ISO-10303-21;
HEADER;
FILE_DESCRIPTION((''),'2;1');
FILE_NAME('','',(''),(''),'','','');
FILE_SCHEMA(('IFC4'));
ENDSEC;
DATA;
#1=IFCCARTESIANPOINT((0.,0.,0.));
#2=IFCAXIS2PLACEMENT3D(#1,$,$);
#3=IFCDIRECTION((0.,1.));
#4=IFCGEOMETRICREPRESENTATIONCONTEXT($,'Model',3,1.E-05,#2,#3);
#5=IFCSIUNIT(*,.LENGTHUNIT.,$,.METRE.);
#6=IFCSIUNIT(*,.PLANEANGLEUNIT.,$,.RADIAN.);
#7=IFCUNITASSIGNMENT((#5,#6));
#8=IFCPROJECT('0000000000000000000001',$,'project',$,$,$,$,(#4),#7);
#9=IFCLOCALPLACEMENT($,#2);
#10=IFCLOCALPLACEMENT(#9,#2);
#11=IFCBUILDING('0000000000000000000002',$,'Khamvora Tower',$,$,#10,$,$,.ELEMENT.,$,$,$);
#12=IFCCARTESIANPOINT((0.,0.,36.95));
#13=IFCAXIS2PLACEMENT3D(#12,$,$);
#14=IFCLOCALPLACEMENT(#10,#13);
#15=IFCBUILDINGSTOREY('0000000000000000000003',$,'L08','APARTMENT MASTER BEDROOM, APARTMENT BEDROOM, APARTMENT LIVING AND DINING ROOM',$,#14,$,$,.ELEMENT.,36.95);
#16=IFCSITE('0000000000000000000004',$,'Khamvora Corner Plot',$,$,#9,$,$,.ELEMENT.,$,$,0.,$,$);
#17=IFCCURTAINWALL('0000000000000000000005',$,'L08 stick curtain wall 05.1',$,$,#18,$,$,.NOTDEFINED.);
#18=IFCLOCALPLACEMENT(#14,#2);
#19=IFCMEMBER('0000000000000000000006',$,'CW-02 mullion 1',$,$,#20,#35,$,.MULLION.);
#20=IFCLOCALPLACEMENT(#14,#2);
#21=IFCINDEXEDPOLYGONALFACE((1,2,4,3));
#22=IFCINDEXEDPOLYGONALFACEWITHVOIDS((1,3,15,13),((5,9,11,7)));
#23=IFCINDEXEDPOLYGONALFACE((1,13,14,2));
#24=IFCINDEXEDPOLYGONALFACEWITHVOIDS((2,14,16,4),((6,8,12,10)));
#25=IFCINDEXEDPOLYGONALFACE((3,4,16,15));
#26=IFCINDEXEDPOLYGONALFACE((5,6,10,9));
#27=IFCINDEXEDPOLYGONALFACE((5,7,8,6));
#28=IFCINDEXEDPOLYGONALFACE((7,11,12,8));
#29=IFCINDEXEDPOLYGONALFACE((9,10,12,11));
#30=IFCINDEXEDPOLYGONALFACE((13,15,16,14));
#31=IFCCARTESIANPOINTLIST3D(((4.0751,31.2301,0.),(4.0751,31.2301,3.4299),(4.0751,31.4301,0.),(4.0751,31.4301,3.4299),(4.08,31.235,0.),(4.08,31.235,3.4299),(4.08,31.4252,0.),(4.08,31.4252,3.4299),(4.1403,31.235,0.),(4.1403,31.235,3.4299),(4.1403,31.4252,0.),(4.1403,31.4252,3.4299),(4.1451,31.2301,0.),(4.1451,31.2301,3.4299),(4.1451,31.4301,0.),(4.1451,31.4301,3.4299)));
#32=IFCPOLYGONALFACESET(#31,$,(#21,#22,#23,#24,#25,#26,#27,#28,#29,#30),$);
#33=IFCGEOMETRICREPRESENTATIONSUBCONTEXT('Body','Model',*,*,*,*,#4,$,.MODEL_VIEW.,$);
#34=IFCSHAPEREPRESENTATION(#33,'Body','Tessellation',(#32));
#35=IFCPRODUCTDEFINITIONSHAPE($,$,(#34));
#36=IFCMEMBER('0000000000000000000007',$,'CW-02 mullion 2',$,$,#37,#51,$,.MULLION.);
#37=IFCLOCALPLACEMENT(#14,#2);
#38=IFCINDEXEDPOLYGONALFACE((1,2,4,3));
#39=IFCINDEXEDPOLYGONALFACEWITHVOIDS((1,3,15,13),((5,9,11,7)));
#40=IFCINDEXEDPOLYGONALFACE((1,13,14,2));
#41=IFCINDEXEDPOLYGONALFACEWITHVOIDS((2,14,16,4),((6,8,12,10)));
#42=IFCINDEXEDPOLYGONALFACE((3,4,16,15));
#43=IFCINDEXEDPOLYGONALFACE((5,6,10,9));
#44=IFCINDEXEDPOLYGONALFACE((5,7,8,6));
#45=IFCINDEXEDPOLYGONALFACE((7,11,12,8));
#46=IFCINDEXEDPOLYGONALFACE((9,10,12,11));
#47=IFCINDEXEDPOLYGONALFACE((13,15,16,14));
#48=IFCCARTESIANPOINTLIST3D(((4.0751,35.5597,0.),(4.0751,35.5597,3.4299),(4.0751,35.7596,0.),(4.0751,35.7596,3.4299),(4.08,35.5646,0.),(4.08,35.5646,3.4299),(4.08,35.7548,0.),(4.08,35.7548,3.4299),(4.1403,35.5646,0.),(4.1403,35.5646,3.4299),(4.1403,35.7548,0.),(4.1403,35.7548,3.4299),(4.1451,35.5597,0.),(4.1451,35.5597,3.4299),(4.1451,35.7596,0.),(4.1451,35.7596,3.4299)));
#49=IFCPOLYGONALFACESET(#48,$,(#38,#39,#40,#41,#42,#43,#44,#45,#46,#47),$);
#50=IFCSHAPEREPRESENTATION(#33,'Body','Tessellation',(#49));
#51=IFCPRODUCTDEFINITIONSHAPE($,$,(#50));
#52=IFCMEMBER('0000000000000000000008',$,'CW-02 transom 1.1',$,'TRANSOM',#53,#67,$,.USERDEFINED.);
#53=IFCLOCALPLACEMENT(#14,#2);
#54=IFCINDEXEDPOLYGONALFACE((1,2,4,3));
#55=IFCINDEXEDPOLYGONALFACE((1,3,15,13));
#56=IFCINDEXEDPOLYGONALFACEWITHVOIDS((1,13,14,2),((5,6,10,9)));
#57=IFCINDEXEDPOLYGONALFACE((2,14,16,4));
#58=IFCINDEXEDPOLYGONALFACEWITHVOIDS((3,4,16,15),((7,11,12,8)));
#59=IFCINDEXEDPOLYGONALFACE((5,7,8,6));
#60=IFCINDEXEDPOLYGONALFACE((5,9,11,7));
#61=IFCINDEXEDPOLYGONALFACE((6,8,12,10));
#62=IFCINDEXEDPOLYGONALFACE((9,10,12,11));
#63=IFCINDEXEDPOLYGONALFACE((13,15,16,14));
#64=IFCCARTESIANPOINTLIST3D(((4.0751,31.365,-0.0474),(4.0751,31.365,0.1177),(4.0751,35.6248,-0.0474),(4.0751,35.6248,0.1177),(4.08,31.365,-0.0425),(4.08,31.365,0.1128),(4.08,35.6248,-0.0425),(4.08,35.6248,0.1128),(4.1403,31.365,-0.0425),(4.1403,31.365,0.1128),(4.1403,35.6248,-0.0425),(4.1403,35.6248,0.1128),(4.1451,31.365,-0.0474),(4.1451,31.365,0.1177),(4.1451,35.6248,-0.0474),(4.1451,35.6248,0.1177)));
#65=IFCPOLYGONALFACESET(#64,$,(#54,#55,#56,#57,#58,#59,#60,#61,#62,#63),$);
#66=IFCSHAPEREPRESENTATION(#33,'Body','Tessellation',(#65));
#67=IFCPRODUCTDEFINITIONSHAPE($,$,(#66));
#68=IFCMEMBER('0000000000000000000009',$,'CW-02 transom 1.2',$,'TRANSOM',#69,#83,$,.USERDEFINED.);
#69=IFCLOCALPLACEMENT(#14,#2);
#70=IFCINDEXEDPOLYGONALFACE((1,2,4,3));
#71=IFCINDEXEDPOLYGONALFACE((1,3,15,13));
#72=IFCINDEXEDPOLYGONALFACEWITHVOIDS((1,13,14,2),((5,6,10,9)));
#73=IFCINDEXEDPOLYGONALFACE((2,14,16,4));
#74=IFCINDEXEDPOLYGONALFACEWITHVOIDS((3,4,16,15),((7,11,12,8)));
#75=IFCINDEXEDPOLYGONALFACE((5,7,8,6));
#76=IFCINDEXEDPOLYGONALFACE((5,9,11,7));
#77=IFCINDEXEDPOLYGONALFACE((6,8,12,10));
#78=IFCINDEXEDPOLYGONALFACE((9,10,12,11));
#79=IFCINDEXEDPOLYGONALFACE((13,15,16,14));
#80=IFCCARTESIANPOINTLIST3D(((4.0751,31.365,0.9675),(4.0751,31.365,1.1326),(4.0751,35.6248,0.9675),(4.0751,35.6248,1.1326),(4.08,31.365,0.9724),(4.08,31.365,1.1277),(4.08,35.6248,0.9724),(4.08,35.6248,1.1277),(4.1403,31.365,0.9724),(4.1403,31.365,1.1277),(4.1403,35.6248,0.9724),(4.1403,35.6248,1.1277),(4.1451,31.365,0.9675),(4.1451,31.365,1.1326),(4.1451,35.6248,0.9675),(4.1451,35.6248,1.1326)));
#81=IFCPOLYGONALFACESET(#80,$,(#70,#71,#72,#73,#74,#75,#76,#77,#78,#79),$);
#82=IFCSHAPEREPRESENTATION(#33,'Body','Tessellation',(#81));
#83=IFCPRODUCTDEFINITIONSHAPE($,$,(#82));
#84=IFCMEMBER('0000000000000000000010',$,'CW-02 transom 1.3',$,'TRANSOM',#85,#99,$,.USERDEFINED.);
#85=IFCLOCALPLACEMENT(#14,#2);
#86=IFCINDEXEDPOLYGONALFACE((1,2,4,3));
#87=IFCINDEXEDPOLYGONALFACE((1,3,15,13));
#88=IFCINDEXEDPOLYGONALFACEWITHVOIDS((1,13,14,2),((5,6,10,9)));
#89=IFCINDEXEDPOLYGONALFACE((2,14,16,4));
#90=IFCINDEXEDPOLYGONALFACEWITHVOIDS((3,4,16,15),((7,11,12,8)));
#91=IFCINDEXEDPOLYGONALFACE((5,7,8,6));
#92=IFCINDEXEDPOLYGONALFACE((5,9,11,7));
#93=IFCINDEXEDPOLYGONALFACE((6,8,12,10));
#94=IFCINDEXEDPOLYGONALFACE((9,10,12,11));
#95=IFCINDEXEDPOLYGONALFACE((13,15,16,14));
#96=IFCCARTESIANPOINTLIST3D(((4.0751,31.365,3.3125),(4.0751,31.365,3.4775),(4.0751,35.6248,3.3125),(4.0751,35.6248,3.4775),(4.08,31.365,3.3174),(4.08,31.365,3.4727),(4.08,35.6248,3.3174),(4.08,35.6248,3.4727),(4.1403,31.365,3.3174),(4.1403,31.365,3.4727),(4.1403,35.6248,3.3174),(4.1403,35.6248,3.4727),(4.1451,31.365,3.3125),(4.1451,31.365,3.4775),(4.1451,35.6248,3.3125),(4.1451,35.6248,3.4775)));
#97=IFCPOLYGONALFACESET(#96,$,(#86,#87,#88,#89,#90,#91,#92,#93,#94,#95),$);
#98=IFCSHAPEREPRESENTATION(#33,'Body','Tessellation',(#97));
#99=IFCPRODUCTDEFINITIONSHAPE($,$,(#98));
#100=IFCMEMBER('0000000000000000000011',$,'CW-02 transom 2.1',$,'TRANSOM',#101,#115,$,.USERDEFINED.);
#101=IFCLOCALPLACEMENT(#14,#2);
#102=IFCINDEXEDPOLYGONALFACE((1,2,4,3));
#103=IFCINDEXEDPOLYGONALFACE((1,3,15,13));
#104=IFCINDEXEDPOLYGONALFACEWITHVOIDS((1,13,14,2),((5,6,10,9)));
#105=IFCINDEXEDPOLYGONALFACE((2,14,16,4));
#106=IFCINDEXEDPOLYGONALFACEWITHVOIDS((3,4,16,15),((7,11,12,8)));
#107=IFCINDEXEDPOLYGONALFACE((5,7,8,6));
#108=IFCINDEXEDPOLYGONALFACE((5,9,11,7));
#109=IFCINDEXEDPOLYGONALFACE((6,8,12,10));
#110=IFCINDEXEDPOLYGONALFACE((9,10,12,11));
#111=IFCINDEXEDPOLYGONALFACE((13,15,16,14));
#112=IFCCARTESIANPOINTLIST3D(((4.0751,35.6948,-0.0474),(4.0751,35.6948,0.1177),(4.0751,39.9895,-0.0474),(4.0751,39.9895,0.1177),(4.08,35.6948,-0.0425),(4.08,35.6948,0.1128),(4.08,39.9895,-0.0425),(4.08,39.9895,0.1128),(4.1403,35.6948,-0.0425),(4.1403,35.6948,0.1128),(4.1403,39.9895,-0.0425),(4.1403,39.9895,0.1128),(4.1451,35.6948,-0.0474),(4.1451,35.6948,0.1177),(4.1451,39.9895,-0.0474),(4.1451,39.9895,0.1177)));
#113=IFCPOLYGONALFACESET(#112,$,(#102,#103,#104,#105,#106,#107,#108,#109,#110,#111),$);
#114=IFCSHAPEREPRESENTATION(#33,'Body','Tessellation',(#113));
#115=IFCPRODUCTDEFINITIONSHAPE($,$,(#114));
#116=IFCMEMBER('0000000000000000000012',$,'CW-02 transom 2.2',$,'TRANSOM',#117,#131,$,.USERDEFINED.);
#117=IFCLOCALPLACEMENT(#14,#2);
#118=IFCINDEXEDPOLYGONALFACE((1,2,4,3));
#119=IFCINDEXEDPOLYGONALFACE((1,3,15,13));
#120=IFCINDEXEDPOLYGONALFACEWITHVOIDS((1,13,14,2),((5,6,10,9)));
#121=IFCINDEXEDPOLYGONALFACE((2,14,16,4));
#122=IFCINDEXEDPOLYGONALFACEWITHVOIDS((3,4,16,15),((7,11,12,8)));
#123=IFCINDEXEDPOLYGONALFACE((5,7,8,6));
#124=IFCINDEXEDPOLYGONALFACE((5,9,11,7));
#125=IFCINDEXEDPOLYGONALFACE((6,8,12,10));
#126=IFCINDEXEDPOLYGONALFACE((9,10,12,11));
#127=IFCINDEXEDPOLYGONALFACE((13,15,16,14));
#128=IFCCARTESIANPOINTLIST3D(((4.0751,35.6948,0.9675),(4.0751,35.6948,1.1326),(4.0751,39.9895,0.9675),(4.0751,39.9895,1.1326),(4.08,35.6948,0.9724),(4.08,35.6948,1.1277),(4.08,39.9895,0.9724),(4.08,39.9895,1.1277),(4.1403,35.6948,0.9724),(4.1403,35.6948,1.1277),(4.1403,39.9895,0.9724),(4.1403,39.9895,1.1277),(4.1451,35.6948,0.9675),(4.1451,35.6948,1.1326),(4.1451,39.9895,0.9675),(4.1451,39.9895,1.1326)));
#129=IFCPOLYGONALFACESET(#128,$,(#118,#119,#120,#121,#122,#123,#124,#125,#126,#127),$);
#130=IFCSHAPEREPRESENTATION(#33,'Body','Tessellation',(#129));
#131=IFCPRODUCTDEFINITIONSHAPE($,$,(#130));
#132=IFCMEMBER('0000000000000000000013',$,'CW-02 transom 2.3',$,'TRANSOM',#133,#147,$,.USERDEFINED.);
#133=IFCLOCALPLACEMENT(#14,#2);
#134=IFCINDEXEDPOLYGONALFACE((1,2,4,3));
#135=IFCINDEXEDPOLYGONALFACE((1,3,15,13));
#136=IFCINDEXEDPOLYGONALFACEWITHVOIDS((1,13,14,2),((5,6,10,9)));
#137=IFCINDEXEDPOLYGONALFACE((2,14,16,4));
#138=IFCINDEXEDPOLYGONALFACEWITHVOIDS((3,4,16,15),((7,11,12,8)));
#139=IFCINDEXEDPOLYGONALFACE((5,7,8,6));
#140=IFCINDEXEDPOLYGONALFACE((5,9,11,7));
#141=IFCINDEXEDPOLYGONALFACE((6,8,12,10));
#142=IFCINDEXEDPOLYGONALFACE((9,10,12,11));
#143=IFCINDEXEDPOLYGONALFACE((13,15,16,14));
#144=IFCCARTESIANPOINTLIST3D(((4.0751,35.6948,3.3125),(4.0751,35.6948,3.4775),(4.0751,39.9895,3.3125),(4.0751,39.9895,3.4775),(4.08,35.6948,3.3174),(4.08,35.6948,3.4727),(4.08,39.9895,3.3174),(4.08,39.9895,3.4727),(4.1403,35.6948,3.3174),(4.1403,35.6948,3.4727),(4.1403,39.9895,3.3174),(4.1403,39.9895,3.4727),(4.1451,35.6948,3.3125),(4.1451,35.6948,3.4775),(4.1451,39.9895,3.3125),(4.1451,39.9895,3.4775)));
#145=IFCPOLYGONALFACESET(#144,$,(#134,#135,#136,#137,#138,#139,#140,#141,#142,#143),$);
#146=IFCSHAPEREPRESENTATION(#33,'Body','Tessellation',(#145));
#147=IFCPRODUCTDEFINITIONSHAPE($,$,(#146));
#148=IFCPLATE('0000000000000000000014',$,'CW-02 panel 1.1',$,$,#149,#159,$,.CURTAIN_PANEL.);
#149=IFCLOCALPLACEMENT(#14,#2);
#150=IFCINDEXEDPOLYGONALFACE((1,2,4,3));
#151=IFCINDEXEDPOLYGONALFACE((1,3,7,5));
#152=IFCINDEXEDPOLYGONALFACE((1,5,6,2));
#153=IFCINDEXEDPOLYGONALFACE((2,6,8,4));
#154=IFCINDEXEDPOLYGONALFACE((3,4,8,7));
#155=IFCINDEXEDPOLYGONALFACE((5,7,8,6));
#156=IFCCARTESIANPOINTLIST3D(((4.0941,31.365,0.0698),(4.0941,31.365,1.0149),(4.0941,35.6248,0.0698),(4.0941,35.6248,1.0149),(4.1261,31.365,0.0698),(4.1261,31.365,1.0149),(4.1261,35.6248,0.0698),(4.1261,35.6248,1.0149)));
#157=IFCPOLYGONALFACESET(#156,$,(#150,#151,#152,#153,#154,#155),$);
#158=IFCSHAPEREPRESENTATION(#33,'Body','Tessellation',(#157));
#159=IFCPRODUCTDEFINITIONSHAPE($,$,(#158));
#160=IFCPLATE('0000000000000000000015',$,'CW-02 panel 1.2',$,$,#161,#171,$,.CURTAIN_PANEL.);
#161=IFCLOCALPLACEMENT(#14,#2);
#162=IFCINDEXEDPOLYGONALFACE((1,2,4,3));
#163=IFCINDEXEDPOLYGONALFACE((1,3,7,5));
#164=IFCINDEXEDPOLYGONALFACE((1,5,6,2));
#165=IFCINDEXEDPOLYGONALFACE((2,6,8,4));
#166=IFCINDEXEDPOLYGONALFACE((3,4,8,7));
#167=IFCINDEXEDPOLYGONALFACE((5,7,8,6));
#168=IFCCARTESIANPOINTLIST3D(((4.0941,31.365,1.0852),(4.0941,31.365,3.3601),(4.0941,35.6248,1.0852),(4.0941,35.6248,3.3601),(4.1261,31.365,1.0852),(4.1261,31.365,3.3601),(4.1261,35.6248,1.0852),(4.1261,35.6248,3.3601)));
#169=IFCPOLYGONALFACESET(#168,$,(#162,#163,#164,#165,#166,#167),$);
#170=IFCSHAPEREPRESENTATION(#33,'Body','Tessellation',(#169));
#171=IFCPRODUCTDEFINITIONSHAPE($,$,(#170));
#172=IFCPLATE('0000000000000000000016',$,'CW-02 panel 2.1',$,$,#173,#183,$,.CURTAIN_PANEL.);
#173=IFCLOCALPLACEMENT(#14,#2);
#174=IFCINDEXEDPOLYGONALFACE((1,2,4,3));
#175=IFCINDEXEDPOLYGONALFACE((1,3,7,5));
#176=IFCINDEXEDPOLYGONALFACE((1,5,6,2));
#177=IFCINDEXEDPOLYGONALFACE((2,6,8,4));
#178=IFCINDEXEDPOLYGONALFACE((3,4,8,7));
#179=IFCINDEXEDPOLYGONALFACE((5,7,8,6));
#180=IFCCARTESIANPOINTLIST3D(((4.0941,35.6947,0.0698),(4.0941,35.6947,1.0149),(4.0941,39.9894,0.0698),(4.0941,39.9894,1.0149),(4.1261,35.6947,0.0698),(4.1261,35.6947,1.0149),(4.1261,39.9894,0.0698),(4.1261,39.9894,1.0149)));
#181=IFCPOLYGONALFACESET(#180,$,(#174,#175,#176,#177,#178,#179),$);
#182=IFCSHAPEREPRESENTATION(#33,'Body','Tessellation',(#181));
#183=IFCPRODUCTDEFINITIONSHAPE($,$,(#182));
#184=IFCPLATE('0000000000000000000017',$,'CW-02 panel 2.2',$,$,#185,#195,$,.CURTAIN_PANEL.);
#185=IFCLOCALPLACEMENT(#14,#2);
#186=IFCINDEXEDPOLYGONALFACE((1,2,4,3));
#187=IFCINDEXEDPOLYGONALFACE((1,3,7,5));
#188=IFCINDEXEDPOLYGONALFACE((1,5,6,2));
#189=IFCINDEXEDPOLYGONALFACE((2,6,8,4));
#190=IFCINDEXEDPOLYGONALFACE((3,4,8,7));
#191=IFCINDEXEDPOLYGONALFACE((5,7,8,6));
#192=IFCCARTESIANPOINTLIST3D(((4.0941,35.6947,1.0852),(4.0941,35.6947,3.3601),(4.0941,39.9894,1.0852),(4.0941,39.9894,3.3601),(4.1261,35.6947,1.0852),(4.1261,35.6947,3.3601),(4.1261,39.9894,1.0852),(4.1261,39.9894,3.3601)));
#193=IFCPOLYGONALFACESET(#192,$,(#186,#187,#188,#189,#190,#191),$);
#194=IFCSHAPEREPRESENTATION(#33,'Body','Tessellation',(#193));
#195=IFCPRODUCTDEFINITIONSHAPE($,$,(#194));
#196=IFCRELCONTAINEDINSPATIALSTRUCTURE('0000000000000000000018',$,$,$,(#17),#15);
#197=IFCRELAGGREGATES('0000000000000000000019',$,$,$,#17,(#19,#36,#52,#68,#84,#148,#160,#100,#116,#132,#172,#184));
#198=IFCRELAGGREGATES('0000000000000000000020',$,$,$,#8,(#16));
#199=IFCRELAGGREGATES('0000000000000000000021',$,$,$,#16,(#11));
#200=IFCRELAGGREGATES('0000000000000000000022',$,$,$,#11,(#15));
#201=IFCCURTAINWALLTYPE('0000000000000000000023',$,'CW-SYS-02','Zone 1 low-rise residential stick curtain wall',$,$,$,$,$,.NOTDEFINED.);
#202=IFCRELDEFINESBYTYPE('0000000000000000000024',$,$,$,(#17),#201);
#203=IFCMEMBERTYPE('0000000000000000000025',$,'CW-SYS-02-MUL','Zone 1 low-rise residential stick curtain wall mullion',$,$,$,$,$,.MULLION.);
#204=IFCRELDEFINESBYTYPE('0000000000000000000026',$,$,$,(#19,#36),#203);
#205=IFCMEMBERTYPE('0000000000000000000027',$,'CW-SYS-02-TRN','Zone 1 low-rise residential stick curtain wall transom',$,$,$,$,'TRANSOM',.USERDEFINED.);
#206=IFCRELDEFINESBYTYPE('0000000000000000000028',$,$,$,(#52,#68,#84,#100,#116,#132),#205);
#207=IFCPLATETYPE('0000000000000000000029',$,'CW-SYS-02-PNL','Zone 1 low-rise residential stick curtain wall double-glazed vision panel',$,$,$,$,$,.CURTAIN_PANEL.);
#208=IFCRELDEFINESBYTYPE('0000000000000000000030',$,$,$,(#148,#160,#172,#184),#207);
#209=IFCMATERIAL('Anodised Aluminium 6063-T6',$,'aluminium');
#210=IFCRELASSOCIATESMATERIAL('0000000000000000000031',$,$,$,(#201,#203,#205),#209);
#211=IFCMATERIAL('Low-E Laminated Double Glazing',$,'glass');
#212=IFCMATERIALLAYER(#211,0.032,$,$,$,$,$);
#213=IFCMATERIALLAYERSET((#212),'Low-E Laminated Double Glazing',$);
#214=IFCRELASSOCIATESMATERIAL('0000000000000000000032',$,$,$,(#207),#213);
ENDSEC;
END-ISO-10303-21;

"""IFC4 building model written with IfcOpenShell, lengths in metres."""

from ifc_helpers import new_model, si_unit, direction, frame, origin, origin_2d, place, context, subcontext, project, spatial, rectangle, hollow_rectangle, extrude, material, layer, layer_set, material_profile, profile_set, type_object, element, aggregate, save


model = new_model("IFC4")

# Units and contexts
model_context = context("Model", 3, precision=1e-05, world=origin(), true_north=direction((0.0, 1.0)))
body_context = subcontext(model_context, "Body", "Model", "MODEL_VIEW")
ifc_project = project(units=[si_unit("LENGTHUNIT", "METRE"), si_unit("PLANEANGLEUNIT", "RADIAN")], contexts=[model_context])

# Site, building, storey
site_placement = place(None, origin())
site = spatial("IfcSite", under=ifc_project, at=site_placement, Name="Khamvora Corner Plot", CompositionType="ELEMENT", RefElevation=0.0)
building_placement = place(site_placement, origin())
building = spatial("IfcBuilding", under=site, at=building_placement, Name="Khamvora Tower", CompositionType="ELEMENT")
storey_placement = place(building_placement, frame((0.0, 0.0, 36.95)))
storey = spatial("IfcBuildingStorey", under=building, at=storey_placement, Name="L08", Description="APARTMENT MASTER BEDROOM, APARTMENT BEDROOM, APARTMENT LIVING AND DINING ROOM", CompositionType="ELEMENT", Elevation=36.95)

# Curtain wall, members, plates
ifc_material_1 = material(Name="Anodised Aluminium 6063-T6", Category="aluminium")
curtain_wall_type = type_object("IfcCurtainWallType", Name="CW-SYS-02", Description="Zone 1 low-rise residential stick curtain wall", PredefinedType="NOTDEFINED", material=ifc_material_1)
curtain_wall_placement = place(storey_placement, origin())
curtain_wall = element("IfcCurtainWall", 1, at=curtain_wall_placement, inside=storey, type_object=curtain_wall_type, Name="L08 stick curtain wall 05.1", PredefinedType="NOTDEFINED")
ifc_material_profile_1 = material_profile(ifc_material_1, hollow_rectangle(XDim=0.0701, YDim=0.2, WallThickness=0.0049, at=origin_2d()), Name="MUL70x200x5")
ifc_profile_set_1 = profile_set([ifc_material_profile_1], Name="Anodised Aluminium 6063-T6")
member_type_1 = type_object("IfcMemberType", Name="CW-SYS-02-MUL", Description="Zone 1 low-rise residential stick curtain wall mullion", PredefinedType="MULLION", material=ifc_profile_set_1)
member_1_placement = place(storey_placement, frame((4.1101, 31.3301, 0.0), z_axis=(0.0, 0.0, 1.0), x_axis=(-1.0, 0.0, 0.0)))
member_1 = element("IfcMember", 2, at=member_1_placement, type_object=member_type_1, Name="CW-02 mullion 1", PredefinedType="MULLION", context=body_context, shape_type="SweptSolid", body=[
    extrude(hollow_rectangle(XDim=0.0701, YDim=0.2, WallThickness=0.0049, at=origin_2d()), origin(), (0.0, 0.0, 1.0), 3.4299),
])
member_2_placement = place(storey_placement, frame((4.1101, 35.6597, 0.0), z_axis=(0.0, 0.0, 1.0), x_axis=(-1.0, 0.0, 0.0)))
member_2 = element("IfcMember", 3, at=member_2_placement, type_object=member_type_1, Name="CW-02 mullion 2", PredefinedType="MULLION", context=body_context, shape_type="SweptSolid", body=[
    extrude(hollow_rectangle(XDim=0.0701, YDim=0.2, WallThickness=0.0049, at=origin_2d()), origin(), (0.0, 0.0, 1.0), 3.4299),
])
ifc_material_profile_2 = material_profile(ifc_material_1, hollow_rectangle(XDim=0.0701, YDim=0.165, WallThickness=0.0049, at=origin_2d()), Name="TRN70x165x5")
ifc_profile_set_2 = profile_set([ifc_material_profile_2], Name="Anodised Aluminium 6063-T6")
member_type_2 = type_object("IfcMemberType", Name="CW-SYS-02-TRN", Description="Zone 1 low-rise residential stick curtain wall transom", ElementType="TRANSOM", PredefinedType="USERDEFINED", material=ifc_profile_set_2)
member_3_placement = place(storey_placement, frame((4.1101, 31.365, 0.0352), z_axis=(0.0, 1.0, 0.0), x_axis=(-1.0, 0.0, 0.0)))
member_3 = element("IfcMember", 4, at=member_3_placement, type_object=member_type_2, Name="CW-02 transom 1.1", ObjectType="TRANSOM", PredefinedType="USERDEFINED", context=body_context, shape_type="SweptSolid", body=[
    extrude(hollow_rectangle(XDim=0.0701, YDim=0.165, WallThickness=0.0049, at=origin_2d()), origin(), (0.0, 0.0, 1.0), 4.2598),
])
member_4_placement = place(storey_placement, frame((4.1101, 31.365, 1.05), z_axis=(0.0, 1.0, 0.0), x_axis=(-1.0, 0.0, 0.0)))
member_4 = element("IfcMember", 5, at=member_4_placement, type_object=member_type_2, Name="CW-02 transom 1.2", ObjectType="TRANSOM", PredefinedType="USERDEFINED", context=body_context, shape_type="SweptSolid", body=[
    extrude(hollow_rectangle(XDim=0.0701, YDim=0.165, WallThickness=0.0049, at=origin_2d()), origin(), (0.0, 0.0, 1.0), 4.2598),
])
member_5_placement = place(storey_placement, frame((4.1101, 31.365, 3.395), z_axis=(0.0, 1.0, 0.0), x_axis=(-1.0, 0.0, 0.0)))
member_5 = element("IfcMember", 6, at=member_5_placement, type_object=member_type_2, Name="CW-02 transom 1.3", ObjectType="TRANSOM", PredefinedType="USERDEFINED", context=body_context, shape_type="SweptSolid", body=[
    extrude(hollow_rectangle(XDim=0.0701, YDim=0.165, WallThickness=0.0049, at=origin_2d()), origin(), (0.0, 0.0, 1.0), 4.2598),
])
member_6_placement = place(storey_placement, frame((4.1101, 35.6948, 0.0352), z_axis=(0.0, 1.0, 0.0), x_axis=(-1.0, 0.0, 0.0)))
member_6 = element("IfcMember", 7, at=member_6_placement, type_object=member_type_2, Name="CW-02 transom 2.1", ObjectType="TRANSOM", PredefinedType="USERDEFINED", context=body_context, shape_type="SweptSolid", body=[
    extrude(hollow_rectangle(XDim=0.0701, YDim=0.165, WallThickness=0.0049, at=origin_2d()), origin(), (0.0, 0.0, 1.0), 4.2947),
])
member_7_placement = place(storey_placement, frame((4.1101, 35.6948, 1.05), z_axis=(0.0, 1.0, 0.0), x_axis=(-1.0, 0.0, 0.0)))
member_7 = element("IfcMember", 8, at=member_7_placement, type_object=member_type_2, Name="CW-02 transom 2.2", ObjectType="TRANSOM", PredefinedType="USERDEFINED", context=body_context, shape_type="SweptSolid", body=[
    extrude(hollow_rectangle(XDim=0.0701, YDim=0.165, WallThickness=0.0049, at=origin_2d()), origin(), (0.0, 0.0, 1.0), 4.2947),
])
member_8_placement = place(storey_placement, frame((4.1101, 35.6948, 3.395), z_axis=(0.0, 1.0, 0.0), x_axis=(-1.0, 0.0, 0.0)))
member_8 = element("IfcMember", 9, at=member_8_placement, type_object=member_type_2, Name="CW-02 transom 2.3", ObjectType="TRANSOM", PredefinedType="USERDEFINED", context=body_context, shape_type="SweptSolid", body=[
    extrude(hollow_rectangle(XDim=0.0701, YDim=0.165, WallThickness=0.0049, at=origin_2d()), origin(), (0.0, 0.0, 1.0), 4.2947),
])
ifc_material_2 = material(Name="Low-E Laminated Double Glazing", Category="glass")
ifc_layer_1 = layer(ifc_material_2, 0.032)
ifc_layer_set_1 = layer_set([ifc_layer_1], Name="Low-E Laminated Double Glazing")
plate_type = type_object("IfcPlateType", Name="CW-SYS-02-PNL", Description="Zone 1 low-rise residential stick curtain wall double-glazed vision panel", PredefinedType="CURTAIN_PANEL", material=ifc_layer_set_1)
plate_1_placement = place(storey_placement, frame((4.1101, 33.4949, 0.0698), z_axis=(0.0, 0.0, 1.0), x_axis=(0.0, 1.0, 0.0)))
plate_1 = element("IfcPlate", 10, at=plate_1_placement, type_object=plate_type, Name="CW-02 panel 1.1", PredefinedType="CURTAIN_PANEL", context=body_context, shape_type="SweptSolid", body=[
    extrude(rectangle(XDim=4.2598, YDim=0.032, at=origin_2d()), origin(), (0.0, 0.0, 1.0), 0.9451),
])
plate_2_placement = place(storey_placement, frame((4.1101, 33.4949, 1.0852), z_axis=(0.0, 0.0, 1.0), x_axis=(0.0, 1.0, 0.0)))
plate_2 = element("IfcPlate", 11, at=plate_2_placement, type_object=plate_type, Name="CW-02 panel 1.2", PredefinedType="CURTAIN_PANEL", context=body_context, shape_type="SweptSolid", body=[
    extrude(rectangle(XDim=4.2598, YDim=0.032, at=origin_2d()), origin(), (0.0, 0.0, 1.0), 2.2749),
])
plate_3_placement = place(storey_placement, frame((4.1101, 37.842, 0.0698), z_axis=(0.0, 0.0, 1.0), x_axis=(0.0, 1.0, 0.0)))
plate_3 = element("IfcPlate", 12, at=plate_3_placement, type_object=plate_type, Name="CW-02 panel 2.1", PredefinedType="CURTAIN_PANEL", context=body_context, shape_type="SweptSolid", body=[
    extrude(rectangle(XDim=4.2947, YDim=0.032, at=origin_2d()), origin(), (0.0, 0.0, 1.0), 0.9451),
])
plate_4_placement = place(storey_placement, frame((4.1101, 37.842, 1.0852), z_axis=(0.0, 0.0, 1.0), x_axis=(0.0, 1.0, 0.0)))
plate_4 = element("IfcPlate", 13, at=plate_4_placement, type_object=plate_type, Name="CW-02 panel 2.2", PredefinedType="CURTAIN_PANEL", context=body_context, shape_type="SweptSolid", body=[
    extrude(rectangle(XDim=4.2947, YDim=0.032, at=origin_2d()), origin(), (0.0, 0.0, 1.0), 2.2749),
])
aggregate(curtain_wall, [member_1, member_2, member_3, member_4, member_5, plate_1, plate_2, member_6, member_7, member_8, plate_3, plate_4])

save(model, "model.ifc")
